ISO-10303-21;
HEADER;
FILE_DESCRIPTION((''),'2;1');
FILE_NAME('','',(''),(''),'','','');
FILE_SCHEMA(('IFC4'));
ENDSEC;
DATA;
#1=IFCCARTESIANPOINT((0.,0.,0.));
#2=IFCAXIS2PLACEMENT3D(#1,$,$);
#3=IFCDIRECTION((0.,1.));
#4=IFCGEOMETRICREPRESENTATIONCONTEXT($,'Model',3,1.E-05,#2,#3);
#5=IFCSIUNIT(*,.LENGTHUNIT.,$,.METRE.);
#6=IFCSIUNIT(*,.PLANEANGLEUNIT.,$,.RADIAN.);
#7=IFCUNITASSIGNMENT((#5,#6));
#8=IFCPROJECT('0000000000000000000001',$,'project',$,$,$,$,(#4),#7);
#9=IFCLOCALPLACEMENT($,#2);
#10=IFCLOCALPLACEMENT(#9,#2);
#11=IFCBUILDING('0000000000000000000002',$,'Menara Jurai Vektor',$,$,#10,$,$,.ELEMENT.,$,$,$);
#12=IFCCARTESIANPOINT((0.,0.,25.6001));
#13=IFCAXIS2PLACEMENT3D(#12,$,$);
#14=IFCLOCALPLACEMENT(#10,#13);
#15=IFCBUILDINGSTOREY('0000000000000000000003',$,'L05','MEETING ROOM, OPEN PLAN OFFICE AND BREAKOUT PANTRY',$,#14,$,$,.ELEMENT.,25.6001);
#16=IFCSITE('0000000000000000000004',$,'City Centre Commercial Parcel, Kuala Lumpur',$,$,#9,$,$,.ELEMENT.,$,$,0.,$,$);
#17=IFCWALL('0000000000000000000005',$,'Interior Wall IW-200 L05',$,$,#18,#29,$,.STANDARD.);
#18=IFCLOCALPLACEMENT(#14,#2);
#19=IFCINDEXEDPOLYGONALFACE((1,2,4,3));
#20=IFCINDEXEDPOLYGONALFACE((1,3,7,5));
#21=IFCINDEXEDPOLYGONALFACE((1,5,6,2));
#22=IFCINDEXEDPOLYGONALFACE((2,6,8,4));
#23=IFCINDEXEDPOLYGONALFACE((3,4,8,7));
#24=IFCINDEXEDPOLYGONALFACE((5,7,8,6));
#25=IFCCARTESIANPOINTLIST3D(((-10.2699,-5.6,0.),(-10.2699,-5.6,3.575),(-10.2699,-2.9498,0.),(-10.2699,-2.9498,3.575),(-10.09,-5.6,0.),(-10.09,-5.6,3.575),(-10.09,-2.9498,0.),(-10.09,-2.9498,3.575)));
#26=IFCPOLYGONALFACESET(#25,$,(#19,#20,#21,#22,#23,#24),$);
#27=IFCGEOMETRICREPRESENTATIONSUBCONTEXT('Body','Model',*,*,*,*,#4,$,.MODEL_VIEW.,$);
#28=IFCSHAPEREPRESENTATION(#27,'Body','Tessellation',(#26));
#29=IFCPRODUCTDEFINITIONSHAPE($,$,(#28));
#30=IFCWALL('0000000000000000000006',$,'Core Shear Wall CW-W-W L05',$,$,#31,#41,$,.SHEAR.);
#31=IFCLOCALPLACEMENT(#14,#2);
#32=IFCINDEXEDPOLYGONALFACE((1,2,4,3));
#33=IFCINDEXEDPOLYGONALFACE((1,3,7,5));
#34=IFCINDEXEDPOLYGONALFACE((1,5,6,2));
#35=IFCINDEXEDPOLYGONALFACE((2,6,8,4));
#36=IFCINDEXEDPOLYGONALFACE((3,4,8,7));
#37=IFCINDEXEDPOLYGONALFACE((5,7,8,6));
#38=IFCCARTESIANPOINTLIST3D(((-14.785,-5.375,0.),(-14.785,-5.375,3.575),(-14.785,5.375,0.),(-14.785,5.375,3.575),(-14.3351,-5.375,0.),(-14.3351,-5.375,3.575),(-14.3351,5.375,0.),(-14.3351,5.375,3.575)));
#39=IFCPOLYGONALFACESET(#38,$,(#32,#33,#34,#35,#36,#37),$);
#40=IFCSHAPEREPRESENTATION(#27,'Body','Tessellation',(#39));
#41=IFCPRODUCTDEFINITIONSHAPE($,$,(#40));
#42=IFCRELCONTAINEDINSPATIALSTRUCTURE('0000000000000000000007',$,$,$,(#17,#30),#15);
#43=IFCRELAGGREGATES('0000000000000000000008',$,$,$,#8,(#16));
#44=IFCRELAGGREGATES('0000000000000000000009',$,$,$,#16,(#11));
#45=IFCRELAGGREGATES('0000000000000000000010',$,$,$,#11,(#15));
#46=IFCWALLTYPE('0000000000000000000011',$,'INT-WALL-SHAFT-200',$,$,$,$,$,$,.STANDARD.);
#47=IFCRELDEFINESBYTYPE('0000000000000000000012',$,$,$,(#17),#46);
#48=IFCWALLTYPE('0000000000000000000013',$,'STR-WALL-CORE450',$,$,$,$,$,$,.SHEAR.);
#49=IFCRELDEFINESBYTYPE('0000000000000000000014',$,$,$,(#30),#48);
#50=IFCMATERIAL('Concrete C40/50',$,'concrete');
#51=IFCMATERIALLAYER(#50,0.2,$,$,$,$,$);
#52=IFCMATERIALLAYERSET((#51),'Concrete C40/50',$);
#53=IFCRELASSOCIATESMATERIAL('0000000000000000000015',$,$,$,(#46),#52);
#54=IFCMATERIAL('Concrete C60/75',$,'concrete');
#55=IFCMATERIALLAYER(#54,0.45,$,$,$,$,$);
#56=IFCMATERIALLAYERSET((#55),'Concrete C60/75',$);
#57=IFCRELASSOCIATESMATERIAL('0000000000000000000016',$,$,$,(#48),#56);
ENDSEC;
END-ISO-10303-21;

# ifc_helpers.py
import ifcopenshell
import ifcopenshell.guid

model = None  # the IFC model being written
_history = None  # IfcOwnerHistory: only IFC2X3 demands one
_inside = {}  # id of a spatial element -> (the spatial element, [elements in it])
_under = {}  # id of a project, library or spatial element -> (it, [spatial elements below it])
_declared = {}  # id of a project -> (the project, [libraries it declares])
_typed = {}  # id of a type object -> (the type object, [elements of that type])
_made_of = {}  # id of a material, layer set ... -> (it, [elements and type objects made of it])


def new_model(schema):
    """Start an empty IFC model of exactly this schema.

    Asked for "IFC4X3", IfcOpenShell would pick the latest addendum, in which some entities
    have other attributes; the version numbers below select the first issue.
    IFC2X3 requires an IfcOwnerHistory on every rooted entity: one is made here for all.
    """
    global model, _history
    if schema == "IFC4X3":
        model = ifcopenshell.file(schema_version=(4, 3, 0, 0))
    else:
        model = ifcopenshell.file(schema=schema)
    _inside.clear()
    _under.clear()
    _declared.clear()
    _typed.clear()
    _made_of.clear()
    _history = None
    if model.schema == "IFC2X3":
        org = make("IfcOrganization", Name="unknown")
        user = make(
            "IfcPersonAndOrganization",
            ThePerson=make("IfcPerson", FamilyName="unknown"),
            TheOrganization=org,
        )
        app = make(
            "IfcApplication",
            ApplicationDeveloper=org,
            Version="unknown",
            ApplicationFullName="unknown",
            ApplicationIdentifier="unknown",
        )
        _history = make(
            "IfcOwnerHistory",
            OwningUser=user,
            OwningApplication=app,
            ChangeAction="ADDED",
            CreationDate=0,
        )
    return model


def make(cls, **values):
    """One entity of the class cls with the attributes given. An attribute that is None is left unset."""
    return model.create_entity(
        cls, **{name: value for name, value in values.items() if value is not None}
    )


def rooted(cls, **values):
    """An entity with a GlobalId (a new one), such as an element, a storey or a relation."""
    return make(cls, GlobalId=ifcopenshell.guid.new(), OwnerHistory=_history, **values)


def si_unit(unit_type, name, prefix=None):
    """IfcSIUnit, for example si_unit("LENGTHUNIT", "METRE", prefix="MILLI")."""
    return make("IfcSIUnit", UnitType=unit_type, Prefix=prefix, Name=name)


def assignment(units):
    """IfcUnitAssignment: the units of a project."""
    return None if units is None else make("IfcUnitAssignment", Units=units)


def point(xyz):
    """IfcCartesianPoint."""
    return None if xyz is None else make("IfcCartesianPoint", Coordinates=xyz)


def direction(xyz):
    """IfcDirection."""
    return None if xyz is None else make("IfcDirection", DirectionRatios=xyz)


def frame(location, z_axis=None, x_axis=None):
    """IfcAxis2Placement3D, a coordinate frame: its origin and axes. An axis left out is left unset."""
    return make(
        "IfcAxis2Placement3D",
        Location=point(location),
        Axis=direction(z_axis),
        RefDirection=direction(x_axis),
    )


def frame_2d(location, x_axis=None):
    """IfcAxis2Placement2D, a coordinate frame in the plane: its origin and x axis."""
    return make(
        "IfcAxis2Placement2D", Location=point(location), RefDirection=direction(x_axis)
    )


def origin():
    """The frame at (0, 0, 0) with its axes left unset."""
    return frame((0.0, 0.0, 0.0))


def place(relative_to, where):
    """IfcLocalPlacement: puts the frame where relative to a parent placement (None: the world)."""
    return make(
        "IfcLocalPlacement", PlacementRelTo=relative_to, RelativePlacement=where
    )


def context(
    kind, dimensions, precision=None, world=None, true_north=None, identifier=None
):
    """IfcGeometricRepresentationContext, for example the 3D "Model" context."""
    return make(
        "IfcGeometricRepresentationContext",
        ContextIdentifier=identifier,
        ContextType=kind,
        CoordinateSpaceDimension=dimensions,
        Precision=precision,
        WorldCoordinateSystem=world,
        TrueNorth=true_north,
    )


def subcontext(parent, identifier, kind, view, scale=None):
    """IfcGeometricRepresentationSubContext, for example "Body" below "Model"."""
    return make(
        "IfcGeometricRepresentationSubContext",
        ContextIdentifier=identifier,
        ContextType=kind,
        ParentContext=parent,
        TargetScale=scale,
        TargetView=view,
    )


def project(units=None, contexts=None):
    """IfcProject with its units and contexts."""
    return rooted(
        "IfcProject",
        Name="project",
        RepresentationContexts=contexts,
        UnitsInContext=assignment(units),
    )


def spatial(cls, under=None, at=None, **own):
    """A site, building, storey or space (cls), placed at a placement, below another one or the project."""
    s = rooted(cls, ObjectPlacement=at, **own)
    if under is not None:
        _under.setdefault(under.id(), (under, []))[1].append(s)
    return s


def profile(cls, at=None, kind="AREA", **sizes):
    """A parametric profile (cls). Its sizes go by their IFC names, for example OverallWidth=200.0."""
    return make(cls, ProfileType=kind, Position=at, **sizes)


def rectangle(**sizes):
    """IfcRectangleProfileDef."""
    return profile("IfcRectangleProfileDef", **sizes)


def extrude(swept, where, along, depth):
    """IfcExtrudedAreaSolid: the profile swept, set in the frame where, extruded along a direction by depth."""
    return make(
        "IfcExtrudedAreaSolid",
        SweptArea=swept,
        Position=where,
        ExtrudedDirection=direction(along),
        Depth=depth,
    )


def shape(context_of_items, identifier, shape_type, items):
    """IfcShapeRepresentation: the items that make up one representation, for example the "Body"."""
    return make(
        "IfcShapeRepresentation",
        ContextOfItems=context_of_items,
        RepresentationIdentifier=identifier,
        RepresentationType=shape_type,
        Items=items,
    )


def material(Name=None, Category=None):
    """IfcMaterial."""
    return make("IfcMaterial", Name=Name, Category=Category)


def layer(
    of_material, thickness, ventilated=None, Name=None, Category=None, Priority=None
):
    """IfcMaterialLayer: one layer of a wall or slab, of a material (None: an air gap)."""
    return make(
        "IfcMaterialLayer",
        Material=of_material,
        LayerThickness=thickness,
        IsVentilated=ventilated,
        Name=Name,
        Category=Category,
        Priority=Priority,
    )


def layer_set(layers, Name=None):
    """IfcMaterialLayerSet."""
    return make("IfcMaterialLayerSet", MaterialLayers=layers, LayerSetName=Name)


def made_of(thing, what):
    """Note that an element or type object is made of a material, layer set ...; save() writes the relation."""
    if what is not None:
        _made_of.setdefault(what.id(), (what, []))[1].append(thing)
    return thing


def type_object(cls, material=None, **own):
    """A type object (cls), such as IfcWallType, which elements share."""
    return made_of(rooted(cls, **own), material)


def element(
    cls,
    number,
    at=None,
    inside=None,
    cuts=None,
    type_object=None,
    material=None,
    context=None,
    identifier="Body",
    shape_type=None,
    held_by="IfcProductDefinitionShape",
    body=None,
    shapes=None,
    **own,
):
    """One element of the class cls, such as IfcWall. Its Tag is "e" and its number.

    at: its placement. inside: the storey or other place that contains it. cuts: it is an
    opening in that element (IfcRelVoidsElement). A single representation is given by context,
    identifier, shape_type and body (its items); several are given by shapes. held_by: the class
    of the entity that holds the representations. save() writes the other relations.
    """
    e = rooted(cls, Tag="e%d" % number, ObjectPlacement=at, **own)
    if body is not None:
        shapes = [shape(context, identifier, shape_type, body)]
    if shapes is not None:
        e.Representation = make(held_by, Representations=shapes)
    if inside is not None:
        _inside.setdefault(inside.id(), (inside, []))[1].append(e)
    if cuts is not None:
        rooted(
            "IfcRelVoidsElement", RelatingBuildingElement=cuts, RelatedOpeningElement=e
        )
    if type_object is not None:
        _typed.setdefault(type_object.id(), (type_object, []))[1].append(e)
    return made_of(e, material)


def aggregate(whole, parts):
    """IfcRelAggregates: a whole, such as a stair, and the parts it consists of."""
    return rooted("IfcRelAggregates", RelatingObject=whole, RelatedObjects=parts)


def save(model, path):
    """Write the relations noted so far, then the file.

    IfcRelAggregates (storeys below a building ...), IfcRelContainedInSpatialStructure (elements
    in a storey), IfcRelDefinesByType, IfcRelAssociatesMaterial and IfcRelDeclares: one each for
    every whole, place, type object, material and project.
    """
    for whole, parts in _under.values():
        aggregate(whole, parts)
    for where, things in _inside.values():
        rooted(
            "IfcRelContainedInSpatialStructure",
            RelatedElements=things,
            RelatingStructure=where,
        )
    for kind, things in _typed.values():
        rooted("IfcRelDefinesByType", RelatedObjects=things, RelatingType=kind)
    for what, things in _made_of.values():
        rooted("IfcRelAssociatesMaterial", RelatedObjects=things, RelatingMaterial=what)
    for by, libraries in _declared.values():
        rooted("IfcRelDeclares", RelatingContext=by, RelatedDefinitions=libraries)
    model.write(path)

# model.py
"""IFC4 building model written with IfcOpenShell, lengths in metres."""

from ifc_helpers import new_model, si_unit, direction, frame, frame_2d, origin, place, context, subcontext, project, spatial, rectangle, extrude, material, layer, layer_set, type_object, element, save


model = new_model("IFC4")

# Units and contexts
model_context = context("Model", 3, precision=1e-05, world=origin(), true_north=direction((0.0, 1.0)))
body_context = subcontext(model_context, "Body", "Model", "MODEL_VIEW")
ifc_project = project(units=[si_unit("LENGTHUNIT", "METRE"), si_unit("PLANEANGLEUNIT", "RADIAN")], contexts=[model_context])

# Site, building, storey
site_placement = place(None, origin())
site = spatial("IfcSite", under=ifc_project, at=site_placement, Name="City Centre Commercial Parcel, Kuala Lumpur", CompositionType="ELEMENT", RefElevation=0.0)
building_placement = place(site_placement, origin())
building = spatial("IfcBuilding", under=site, at=building_placement, Name="Menara Jurai Vektor", CompositionType="ELEMENT")
storey_placement = place(building_placement, frame((0.0, 0.0, 25.6001)))
storey = spatial("IfcBuildingStorey", under=building, at=storey_placement, Name="L05", Description="MEETING ROOM, OPEN PLAN OFFICE AND BREAKOUT PANTRY", CompositionType="ELEMENT", Elevation=25.6001)

# Shared definitions
ifc_material_1 = material(Name="Concrete C60/75", Category="concrete")

# Shared definitions
ifc_material_2 = material(Name="Concrete C40/50", Category="concrete")

# Shared definitions
ifc_layer_1 = layer(ifc_material_2, 0.2)
ifc_layer_set_1 = layer_set([ifc_layer_1], Name="Concrete C40/50")
wall_type_1 = type_object("IfcWallType", Name="INT-WALL-SHAFT-200", PredefinedType="STANDARD", material=ifc_layer_set_1)

# Walls
for number, where, z_axis, x_axis, name in (
    (1, (-10.1799, -5.6001, 0.0), (0.0, 0.0, 1.0), (0.0, 1.0, 0.0), "Interior Wall IW-200 L05"),
):
    element("IfcWall", number, at=place(storey_placement, frame(where, z_axis=z_axis, x_axis=x_axis)), inside=storey, type_object=wall_type_1, Name=name, PredefinedType="STANDARD", context=body_context, shape_type="SweptSolid", body=[
        extrude(rectangle(XDim=2.6501, YDim=0.1799, at=frame_2d((1.3252, 0.0))), origin(), (0.0, 0.0, 1.0), 3.575),
    ])
ifc_layer_2 = layer(ifc_material_1, 0.45)
ifc_layer_set_2 = layer_set([ifc_layer_2], Name="Concrete C60/75")
wall_type_2 = type_object("IfcWallType", Name="STR-WALL-CORE450", PredefinedType="SHEAR", material=ifc_layer_set_2)
wall_1_placement = place(storey_placement, frame((-14.5601, -5.375, 0.0), z_axis=(0.0, 0.0, 1.0), x_axis=(0.0, 1.0, 0.0)))
element("IfcWall", 2, at=wall_1_placement, inside=storey, type_object=wall_type_2, Name="Core Shear Wall CW-W-W L05", PredefinedType="SHEAR", context=body_context, shape_type="SweptSolid", body=[
    extrude(rectangle(XDim=10.75, YDim=0.45, at=frame_2d((5.375, 0.0))), origin(), (0.0, 0.0, 1.0), 3.575),
])

save(model, "model.ifc")
